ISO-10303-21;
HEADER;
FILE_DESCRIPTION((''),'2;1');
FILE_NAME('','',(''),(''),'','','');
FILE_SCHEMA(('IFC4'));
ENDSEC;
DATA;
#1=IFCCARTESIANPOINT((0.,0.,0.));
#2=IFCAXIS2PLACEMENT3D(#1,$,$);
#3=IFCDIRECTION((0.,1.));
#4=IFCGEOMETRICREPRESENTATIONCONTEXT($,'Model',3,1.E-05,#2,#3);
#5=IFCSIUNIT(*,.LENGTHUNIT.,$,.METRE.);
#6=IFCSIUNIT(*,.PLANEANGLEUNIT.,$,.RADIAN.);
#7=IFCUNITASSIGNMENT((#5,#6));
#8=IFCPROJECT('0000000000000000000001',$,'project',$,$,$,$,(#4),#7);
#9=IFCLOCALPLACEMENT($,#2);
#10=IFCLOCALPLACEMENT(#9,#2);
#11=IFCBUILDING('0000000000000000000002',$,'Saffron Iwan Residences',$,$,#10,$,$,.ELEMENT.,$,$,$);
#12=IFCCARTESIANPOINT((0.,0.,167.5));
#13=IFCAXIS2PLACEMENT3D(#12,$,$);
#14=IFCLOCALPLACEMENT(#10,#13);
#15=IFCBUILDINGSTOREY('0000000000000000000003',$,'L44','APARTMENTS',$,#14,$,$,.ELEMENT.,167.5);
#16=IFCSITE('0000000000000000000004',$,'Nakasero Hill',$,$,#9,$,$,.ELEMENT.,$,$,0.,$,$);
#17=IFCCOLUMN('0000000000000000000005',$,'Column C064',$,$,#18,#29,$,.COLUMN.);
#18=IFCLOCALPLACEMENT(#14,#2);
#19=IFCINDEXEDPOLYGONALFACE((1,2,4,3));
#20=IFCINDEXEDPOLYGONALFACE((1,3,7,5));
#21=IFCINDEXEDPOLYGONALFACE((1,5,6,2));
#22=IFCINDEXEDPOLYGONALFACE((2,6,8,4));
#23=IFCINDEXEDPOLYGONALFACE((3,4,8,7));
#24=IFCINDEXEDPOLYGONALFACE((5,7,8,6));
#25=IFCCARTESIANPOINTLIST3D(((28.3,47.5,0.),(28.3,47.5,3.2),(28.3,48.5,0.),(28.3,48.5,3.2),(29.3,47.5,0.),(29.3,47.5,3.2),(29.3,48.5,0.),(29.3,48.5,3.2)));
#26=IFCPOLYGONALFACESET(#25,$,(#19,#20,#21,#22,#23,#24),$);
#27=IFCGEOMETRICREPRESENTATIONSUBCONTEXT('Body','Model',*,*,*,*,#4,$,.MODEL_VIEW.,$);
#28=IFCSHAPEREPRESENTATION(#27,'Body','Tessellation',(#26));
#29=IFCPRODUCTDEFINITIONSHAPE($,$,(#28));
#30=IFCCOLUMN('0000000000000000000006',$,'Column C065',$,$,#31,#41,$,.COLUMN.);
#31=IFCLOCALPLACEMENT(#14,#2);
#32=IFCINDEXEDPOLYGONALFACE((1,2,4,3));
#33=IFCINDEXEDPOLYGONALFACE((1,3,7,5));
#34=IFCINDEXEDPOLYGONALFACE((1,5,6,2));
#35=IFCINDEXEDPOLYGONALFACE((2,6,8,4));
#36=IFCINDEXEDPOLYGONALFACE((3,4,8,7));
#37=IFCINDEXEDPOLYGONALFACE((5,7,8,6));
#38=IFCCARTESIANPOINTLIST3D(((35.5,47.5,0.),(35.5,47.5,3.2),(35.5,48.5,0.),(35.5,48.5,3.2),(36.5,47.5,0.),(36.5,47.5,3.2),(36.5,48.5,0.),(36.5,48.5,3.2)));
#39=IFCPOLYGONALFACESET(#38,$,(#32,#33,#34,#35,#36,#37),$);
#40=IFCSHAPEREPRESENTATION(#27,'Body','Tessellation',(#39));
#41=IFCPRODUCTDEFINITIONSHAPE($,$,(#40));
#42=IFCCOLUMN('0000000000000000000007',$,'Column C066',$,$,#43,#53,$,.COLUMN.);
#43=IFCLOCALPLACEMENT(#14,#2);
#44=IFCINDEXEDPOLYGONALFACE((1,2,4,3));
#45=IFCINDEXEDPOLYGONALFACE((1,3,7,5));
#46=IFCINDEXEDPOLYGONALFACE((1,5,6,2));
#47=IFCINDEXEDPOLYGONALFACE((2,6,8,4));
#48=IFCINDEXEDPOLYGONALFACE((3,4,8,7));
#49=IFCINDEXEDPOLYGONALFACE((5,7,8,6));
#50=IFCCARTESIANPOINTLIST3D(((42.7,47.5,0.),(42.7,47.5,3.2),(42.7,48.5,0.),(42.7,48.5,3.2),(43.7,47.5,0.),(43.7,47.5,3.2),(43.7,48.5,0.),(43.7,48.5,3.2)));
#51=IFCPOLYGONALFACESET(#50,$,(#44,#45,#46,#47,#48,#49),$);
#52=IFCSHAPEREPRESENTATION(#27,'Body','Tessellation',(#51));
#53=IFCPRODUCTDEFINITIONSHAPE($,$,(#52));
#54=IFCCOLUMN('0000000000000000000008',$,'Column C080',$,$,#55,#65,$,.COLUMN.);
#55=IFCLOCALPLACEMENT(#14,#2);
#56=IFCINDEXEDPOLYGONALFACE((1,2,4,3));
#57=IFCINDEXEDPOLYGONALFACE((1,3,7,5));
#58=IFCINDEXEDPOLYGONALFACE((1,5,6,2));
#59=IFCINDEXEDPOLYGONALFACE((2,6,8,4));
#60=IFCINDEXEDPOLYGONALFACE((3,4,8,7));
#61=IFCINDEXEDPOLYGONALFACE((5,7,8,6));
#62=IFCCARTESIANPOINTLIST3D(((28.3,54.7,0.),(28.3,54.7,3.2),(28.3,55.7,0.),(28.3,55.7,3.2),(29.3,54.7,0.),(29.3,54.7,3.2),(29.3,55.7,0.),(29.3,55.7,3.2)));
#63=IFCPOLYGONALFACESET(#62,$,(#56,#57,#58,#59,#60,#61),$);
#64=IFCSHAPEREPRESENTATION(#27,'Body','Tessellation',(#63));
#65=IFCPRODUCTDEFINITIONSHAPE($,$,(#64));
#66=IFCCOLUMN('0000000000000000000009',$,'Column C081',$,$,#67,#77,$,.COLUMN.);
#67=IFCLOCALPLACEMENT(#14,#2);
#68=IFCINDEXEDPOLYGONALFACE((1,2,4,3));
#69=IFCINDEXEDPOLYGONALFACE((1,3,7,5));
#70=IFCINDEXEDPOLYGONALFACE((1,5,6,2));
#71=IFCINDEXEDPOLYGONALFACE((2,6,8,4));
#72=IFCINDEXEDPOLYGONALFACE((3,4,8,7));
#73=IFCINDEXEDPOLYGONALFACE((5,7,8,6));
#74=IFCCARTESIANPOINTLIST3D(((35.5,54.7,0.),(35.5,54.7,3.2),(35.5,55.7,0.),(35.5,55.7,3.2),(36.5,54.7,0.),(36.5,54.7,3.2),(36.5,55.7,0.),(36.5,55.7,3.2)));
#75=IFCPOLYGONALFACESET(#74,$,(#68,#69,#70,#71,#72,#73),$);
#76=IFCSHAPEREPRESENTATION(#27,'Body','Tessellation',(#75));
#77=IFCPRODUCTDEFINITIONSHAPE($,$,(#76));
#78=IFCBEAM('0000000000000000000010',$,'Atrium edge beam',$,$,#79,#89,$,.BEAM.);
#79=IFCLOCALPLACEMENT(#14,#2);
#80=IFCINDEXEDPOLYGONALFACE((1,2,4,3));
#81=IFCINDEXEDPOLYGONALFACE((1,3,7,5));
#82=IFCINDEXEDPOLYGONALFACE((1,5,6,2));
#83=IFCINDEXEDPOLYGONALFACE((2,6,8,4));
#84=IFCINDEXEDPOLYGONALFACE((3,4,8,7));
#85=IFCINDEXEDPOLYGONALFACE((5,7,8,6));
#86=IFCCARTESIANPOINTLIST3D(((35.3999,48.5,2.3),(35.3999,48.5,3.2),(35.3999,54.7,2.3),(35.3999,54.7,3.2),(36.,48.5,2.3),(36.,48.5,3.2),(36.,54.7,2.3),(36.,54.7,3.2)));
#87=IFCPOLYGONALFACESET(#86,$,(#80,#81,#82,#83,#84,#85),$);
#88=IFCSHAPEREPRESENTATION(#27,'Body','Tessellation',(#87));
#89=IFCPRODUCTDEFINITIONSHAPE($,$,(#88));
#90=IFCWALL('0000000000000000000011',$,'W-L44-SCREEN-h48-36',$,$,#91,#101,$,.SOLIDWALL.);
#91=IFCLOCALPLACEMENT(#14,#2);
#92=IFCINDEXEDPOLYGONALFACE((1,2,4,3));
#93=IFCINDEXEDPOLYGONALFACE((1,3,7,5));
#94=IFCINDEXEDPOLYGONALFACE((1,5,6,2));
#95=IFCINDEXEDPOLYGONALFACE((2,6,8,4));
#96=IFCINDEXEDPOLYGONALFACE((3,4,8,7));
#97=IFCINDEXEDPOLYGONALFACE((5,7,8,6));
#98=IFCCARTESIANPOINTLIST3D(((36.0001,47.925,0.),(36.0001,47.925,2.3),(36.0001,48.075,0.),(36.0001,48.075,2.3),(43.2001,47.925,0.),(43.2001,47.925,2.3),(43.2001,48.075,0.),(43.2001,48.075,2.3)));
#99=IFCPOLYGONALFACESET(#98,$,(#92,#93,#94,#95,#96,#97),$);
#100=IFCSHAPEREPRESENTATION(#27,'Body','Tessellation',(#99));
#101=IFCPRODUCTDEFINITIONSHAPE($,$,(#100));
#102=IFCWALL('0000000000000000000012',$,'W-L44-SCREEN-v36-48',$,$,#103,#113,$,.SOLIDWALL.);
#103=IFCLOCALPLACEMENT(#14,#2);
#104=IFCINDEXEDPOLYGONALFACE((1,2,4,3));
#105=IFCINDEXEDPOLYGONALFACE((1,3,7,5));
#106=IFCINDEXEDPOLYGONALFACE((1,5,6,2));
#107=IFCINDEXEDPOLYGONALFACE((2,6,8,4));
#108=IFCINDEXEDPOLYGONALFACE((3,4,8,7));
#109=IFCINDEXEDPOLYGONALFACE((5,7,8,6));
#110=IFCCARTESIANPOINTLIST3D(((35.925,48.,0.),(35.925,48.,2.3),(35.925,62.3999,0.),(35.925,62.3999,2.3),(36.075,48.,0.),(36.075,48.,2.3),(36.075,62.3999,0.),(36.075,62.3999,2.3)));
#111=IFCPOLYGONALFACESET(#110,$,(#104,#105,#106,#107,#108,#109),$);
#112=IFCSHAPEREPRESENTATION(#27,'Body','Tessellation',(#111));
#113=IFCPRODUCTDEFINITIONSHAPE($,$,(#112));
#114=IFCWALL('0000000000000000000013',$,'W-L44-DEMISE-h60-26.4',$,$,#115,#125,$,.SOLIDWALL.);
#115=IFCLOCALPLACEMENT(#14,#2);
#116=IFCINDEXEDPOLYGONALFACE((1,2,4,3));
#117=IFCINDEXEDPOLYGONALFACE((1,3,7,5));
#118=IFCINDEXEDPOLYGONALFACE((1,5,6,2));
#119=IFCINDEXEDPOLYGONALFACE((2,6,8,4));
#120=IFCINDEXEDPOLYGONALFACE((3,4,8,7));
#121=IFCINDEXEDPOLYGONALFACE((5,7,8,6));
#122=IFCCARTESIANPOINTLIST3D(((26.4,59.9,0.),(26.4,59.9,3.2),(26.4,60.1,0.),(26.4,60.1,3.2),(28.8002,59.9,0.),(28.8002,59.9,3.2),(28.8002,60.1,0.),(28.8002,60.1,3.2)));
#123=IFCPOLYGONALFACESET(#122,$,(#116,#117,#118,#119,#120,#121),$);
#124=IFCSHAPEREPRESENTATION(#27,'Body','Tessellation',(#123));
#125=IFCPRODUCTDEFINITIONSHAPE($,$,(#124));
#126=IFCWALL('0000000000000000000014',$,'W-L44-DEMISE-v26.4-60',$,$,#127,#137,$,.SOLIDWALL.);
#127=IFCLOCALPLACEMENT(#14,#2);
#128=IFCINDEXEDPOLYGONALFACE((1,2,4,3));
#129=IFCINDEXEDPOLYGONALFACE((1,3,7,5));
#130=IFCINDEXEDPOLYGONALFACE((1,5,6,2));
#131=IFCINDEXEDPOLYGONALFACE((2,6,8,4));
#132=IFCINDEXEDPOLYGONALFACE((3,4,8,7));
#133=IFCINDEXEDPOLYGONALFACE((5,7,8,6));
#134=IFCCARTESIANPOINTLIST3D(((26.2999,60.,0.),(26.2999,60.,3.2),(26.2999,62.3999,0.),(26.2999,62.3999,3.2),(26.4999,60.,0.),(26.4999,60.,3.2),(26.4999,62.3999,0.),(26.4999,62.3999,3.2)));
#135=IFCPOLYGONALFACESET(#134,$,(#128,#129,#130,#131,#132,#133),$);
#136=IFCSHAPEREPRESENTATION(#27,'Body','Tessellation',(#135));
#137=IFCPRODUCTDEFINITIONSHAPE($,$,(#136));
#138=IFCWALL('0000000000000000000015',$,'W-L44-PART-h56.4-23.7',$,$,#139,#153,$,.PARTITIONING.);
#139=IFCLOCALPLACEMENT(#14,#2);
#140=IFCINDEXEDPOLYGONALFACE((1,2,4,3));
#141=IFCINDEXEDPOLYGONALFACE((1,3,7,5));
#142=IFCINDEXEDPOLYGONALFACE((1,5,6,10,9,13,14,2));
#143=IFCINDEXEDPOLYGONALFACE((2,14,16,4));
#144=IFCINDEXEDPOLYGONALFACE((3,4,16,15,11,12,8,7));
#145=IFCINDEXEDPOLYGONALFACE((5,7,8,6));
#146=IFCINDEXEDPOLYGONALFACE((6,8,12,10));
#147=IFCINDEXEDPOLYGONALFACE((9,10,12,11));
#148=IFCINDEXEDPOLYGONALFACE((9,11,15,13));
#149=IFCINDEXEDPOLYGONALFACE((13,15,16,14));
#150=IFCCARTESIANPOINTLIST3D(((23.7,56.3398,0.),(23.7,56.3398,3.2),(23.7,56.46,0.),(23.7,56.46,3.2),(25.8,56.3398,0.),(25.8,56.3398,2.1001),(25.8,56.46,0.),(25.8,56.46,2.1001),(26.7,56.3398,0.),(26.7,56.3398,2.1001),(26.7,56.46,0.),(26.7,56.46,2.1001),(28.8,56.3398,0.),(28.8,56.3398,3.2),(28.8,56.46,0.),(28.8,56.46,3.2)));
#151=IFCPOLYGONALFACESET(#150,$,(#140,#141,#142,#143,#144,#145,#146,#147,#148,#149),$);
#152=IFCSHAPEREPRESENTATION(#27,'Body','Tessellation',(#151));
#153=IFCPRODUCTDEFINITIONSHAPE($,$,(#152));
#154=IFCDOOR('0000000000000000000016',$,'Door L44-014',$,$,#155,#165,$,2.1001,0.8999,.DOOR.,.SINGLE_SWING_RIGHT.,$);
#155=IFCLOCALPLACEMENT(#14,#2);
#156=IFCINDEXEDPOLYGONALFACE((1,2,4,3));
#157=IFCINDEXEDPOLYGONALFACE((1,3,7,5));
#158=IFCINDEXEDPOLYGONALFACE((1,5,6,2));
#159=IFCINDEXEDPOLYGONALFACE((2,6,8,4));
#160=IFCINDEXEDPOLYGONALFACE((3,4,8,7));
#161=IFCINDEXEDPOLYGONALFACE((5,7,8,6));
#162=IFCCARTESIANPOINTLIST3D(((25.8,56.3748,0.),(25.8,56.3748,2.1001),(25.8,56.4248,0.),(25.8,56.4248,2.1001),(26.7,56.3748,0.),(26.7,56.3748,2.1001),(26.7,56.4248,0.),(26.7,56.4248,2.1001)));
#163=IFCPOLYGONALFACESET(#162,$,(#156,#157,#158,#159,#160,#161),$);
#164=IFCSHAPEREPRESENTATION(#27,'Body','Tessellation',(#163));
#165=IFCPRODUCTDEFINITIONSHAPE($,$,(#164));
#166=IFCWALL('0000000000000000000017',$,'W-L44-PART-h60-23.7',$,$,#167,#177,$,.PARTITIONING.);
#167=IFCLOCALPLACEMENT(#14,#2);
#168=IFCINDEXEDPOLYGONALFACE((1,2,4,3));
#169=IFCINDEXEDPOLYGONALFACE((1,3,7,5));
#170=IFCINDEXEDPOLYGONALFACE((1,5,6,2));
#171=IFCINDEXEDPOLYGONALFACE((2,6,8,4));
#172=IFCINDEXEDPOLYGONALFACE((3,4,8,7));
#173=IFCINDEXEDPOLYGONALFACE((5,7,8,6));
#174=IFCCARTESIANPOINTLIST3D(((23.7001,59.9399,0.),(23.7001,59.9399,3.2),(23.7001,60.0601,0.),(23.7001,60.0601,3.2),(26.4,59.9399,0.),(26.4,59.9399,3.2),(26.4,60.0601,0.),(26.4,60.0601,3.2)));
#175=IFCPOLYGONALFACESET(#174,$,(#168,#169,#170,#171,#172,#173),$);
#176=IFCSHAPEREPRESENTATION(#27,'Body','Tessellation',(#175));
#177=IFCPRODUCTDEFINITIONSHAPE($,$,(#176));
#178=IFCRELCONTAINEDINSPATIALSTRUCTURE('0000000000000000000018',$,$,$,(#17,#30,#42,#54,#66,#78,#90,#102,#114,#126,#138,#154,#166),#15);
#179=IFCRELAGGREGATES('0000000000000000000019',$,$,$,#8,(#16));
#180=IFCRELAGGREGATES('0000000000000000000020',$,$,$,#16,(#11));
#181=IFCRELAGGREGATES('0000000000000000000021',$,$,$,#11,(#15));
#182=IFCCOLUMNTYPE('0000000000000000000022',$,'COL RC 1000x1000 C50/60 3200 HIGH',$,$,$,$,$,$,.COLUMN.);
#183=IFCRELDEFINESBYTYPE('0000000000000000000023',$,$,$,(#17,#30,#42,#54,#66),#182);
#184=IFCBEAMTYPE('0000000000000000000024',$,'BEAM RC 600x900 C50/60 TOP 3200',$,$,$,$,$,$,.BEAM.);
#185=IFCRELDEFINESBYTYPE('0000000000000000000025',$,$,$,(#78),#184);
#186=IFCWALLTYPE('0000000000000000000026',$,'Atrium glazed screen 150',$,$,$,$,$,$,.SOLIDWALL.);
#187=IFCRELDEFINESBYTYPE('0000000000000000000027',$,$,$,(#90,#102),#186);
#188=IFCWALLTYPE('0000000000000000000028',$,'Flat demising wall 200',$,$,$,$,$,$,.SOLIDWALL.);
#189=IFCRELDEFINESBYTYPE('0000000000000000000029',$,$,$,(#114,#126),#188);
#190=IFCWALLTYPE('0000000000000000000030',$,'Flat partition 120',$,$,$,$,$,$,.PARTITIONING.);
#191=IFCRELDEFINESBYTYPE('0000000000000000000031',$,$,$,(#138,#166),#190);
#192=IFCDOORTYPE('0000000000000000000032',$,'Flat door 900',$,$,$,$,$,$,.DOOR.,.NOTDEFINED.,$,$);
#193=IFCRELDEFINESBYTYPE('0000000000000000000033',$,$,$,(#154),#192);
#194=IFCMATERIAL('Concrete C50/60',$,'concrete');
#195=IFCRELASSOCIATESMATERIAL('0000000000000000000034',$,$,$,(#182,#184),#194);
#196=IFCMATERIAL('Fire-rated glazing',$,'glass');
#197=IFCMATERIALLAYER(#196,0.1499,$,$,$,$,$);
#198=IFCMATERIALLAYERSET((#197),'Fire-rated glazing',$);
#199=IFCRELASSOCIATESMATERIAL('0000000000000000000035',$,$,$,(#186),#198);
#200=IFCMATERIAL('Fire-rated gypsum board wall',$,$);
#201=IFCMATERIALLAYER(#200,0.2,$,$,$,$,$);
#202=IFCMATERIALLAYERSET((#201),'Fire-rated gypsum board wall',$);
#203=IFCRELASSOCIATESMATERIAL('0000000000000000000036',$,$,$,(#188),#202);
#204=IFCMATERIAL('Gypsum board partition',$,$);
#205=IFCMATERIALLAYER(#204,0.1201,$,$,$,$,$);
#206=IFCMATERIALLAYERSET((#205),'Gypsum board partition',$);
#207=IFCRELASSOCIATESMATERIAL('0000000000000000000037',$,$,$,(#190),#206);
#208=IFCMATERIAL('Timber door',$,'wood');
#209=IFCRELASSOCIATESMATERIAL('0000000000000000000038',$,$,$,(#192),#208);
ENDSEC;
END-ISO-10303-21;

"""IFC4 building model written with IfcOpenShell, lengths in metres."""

from ifc_helpers import new_model, si_unit, direction, frame, frame_2d, origin, origin_2d, place, context, subcontext, project, spatial, rectangle, extrude, source, transform, mapped, material, layer, layer_set, material_profile, profile_set, type_object, element, fill, save


model = new_model("IFC4")

# Units and contexts
model_context = context("Model", 3, precision=1e-05, world=origin(), true_north=direction((0.0, 1.0)))
body_context = subcontext(model_context, "Body", "Model", "MODEL_VIEW")
ifc_project = project(units=[si_unit("LENGTHUNIT", "METRE"), si_unit("PLANEANGLEUNIT", "RADIAN")], contexts=[model_context])

# Site, building, storey
site_placement = place(None, origin())
site = spatial("IfcSite", under=ifc_project, at=site_placement, Name="Nakasero Hill", CompositionType="ELEMENT", RefElevation=0.0)
building_placement = place(site_placement, origin())
building = spatial("IfcBuilding", under=site, at=building_placement, Name="Saffron Iwan Residences", CompositionType="ELEMENT")
storey_placement = place(building_placement, frame((0.0, 0.0, 167.5)))
storey = spatial("IfcBuildingStorey", under=building, at=storey_placement, Name="L44", Description="APARTMENTS", CompositionType="ELEMENT", Elevation=167.5)

# Columns
ifc_material_1 = material(Name="Concrete C50/60", Category="concrete")
ifc_material_profile_1 = material_profile(ifc_material_1, rectangle(XDim=1.0, YDim=1.0, at=origin_2d()), Name="RC 1000x1000")
ifc_profile_set_1 = profile_set([ifc_material_profile_1], Name="Concrete C50/60")
column_type = type_object("IfcColumnType", Name="COL RC 1000x1000 C50/60 3200 HIGH", PredefinedType="COLUMN", material=ifc_profile_set_1)
shared_shape_1 = source(origin(), body_context, "Body", "SweptSolid", [
    extrude(rectangle(XDim=1.0, YDim=1.0, at=origin_2d()), origin(), (0.0, 0.0, 1.0), 3.2),
])
for number, where, z_axis, x_axis, name in (
    (1, (28.8, 48.0, 0.0), (0.0, 0.0, 1.0), (1.0, 0.0, 0.0), "Column C064"),
    (2, (36.0, 48.0, 0.0), (0.0, 0.0, 1.0), (1.0, 0.0, 0.0), "Column C065"),
    (3, (43.2, 48.0, 0.0), (0.0, 0.0, 1.0), (1.0, 0.0, 0.0), "Column C066"),
    (4, (28.8, 55.2, 0.0), (0.0, 0.0, 1.0), (1.0, 0.0, 0.0), "Column C080"),
    (5, (36.0, 55.2, 0.0), (0.0, 0.0, 1.0), (1.0, 0.0, 0.0), "Column C081"),
):
    element("IfcColumn", number, at=place(storey_placement, frame(where, z_axis=z_axis, x_axis=x_axis)), inside=storey, type_object=column_type, Name=name, PredefinedType="COLUMN", context=body_context, shape_type="MappedRepresentation", body=[
        mapped(shared_shape_1, transform((0.0, 0.0, 0.0))),
    ])

# Beam
ifc_material_profile_2 = material_profile(ifc_material_1, rectangle(XDim=0.6001, YDim=0.8999, at=origin_2d()), Name="RC 600x900")
ifc_profile_set_2 = profile_set([ifc_material_profile_2], Name="Concrete C50/60")
beam_type = type_object("IfcBeamType", Name="BEAM RC 600x900 C50/60 TOP 3200", PredefinedType="BEAM", material=ifc_profile_set_2)
shared_shape_2 = source(origin(), body_context, "Body", "SweptSolid", [
    extrude(rectangle(XDim=0.6001, YDim=0.8999, at=origin_2d()), origin(), (0.0, 0.0, 1.0), 6.2),
])
beam_placement = place(storey_placement, frame((35.7, 48.5, 2.75), z_axis=(0.0, 1.0, 0.0), x_axis=(-1.0, 0.0, 0.0)))
element("IfcBeam", 6, at=beam_placement, inside=storey, type_object=beam_type, Name="Atrium edge beam", PredefinedType="BEAM", context=body_context, shape_type="MappedRepresentation", body=[
    mapped(shared_shape_2, transform((0.0, 0.0, 0.0))),
])

# Walls
ifc_material_2 = material(Name="Fire-rated glazing", Category="glass")
ifc_layer_1 = layer(ifc_material_2, 0.1499)
ifc_layer_set_1 = layer_set([ifc_layer_1], Name="Fire-rated glazing")
wall_type_1 = type_object("IfcWallType", Name="Atrium glazed screen 150", PredefinedType="SOLIDWALL", material=ifc_layer_set_1)
wall_1_placement = place(storey_placement, frame((36.0, 48.0, 0.0), z_axis=(0.0, 0.0, 1.0), x_axis=(1.0, 0.0, 0.0)))
element("IfcWall", 7, at=wall_1_placement, inside=storey, type_object=wall_type_1, Name="W-L44-SCREEN-h48-36", PredefinedType="SOLIDWALL", context=body_context, shape_type="SweptSolid", body=[
    extrude(rectangle(XDim=7.2, YDim=0.1499, at=frame_2d((3.6001, 0.0))), origin(), (0.0, 0.0, 1.0), 2.3),
])
wall_2_placement = place(storey_placement, frame((36.0, 48.0, 0.0), z_axis=(0.0, 0.0, 1.0), x_axis=(0.0, 1.0, 0.0)))
element("IfcWall", 8, at=wall_2_placement, inside=storey, type_object=wall_type_1, Name="W-L44-SCREEN-v36-48", PredefinedType="SOLIDWALL", context=body_context, shape_type="SweptSolid", body=[
    extrude(rectangle(XDim=14.3999, YDim=0.1499, at=frame_2d((7.2, 0.0))), origin(), (0.0, 0.0, 1.0), 2.3),
])
ifc_material_3 = material(Name="Fire-rated gypsum board wall")
ifc_layer_2 = layer(ifc_material_3, 0.2)
ifc_layer_set_2 = layer_set([ifc_layer_2], Name="Fire-rated gypsum board wall")
wall_type_2 = type_object("IfcWallType", Name="Flat demising wall 200", PredefinedType="SOLIDWALL", material=ifc_layer_set_2)
wall_3_placement = place(storey_placement, frame((26.3999, 60.0, 0.0), z_axis=(0.0, 0.0, 1.0), x_axis=(1.0, 0.0, 0.0)))
element("IfcWall", 9, at=wall_3_placement, inside=storey, type_object=wall_type_2, Name="W-L44-DEMISE-h60-26.4", PredefinedType="SOLIDWALL", context=body_context, shape_type="SweptSolid", body=[
    extrude(rectangle(XDim=2.4001, YDim=0.2, at=frame_2d((1.2002, 0.0))), origin(), (0.0, 0.0, 1.0), 3.2),
])
wall_4_placement = place(storey_placement, frame((26.3999, 60.0, 0.0), z_axis=(0.0, 0.0, 1.0), x_axis=(0.0, 1.0, 0.0)))
element("IfcWall", 10, at=wall_4_placement, inside=storey, type_object=wall_type_2, Name="W-L44-DEMISE-v26.4-60", PredefinedType="SOLIDWALL", context=body_context, shape_type="SweptSolid", body=[
    extrude(rectangle(XDim=2.3999, YDim=0.2, at=frame_2d((1.2, 0.0))), origin(), (0.0, 0.0, 1.0), 3.2),
])

# Wall, opening, door
ifc_material_4 = material(Name="Gypsum board partition")
ifc_layer_3 = layer(ifc_material_4, 0.1201)
ifc_layer_set_3 = layer_set([ifc_layer_3], Name="Gypsum board partition")
wall_type_3 = type_object("IfcWallType", Name="Flat partition 120", PredefinedType="PARTITIONING", material=ifc_layer_set_3)
wall_5_placement = place(storey_placement, frame((23.7, 56.3999, 0.0), z_axis=(0.0, 0.0, 1.0), x_axis=(1.0, 0.0, 0.0)))
wall_5 = element("IfcWall", 11, at=wall_5_placement, inside=storey, type_object=wall_type_3, Name="W-L44-PART-h56.4-23.7", PredefinedType="PARTITIONING", context=body_context, shape_type="SweptSolid", body=[
    extrude(rectangle(XDim=5.1001, YDim=0.1201, at=frame_2d((2.55, 0.0))), origin(), (0.0, 0.0, 1.0), 3.2),
])
opening_1_placement = place(wall_5_placement, frame((2.1001, 0.0, 0.0)))
opening_1 = element("IfcOpeningElement", 12, at=opening_1_placement, cuts=wall_5, PredefinedType="OPENING", context=body_context, shape_type="SweptSolid", body=[
    extrude(rectangle(XDim=0.8999, YDim=2.1001, at=frame_2d((0.45, 1.05))), frame((0.0, 0.0701, 0.0), z_axis=(0.0, -1.0, 0.0), x_axis=(1.0, 0.0, 0.0)), (0.0, 0.0, 1.0), 0.1401),
])
ifc_material_5 = material(Name="Timber door", Category="wood")
door_type_1 = type_object("IfcDoorType", Name="Flat door 900", OperationType="NOTDEFINED", PredefinedType="DOOR", material=ifc_material_5)
door_1_placement = place(opening_1_placement, origin())
door_1 = element("IfcDoor", 13, at=door_1_placement, inside=storey, type_object=door_type_1, Name="Door L44-014", OperationType="SINGLE_SWING_RIGHT", OverallHeight=2.1001, OverallWidth=0.8999, PredefinedType="DOOR", context=body_context, shape_type="SweptSolid", body=[
    extrude(rectangle(XDim=0.8999, YDim=2.1001, at=frame_2d((0.45, 1.05))), frame((0.0, 0.0249, 0.0), z_axis=(0.0, -1.0, 0.0), x_axis=(1.0, 0.0, 0.0)), (0.0, 0.0, 1.0), 0.05),
])
fill(opening_1, door_1)

# Wall
wall_6_placement = place(storey_placement, frame((23.7, 60.0, 0.0), z_axis=(0.0, 0.0, 1.0), x_axis=(1.0, 0.0, 0.0)))
element("IfcWall", 14, at=wall_6_placement, inside=storey, type_object=wall_type_3, Name="W-L44-PART-h60-23.7", PredefinedType="PARTITIONING", context=body_context, shape_type="SweptSolid", body=[
    extrude(rectangle(XDim=2.7, YDim=0.1201, at=frame_2d((1.3501, 0.0))), origin(), (0.0, 0.0, 1.0), 3.2),
])

save(model, "model.ifc")
